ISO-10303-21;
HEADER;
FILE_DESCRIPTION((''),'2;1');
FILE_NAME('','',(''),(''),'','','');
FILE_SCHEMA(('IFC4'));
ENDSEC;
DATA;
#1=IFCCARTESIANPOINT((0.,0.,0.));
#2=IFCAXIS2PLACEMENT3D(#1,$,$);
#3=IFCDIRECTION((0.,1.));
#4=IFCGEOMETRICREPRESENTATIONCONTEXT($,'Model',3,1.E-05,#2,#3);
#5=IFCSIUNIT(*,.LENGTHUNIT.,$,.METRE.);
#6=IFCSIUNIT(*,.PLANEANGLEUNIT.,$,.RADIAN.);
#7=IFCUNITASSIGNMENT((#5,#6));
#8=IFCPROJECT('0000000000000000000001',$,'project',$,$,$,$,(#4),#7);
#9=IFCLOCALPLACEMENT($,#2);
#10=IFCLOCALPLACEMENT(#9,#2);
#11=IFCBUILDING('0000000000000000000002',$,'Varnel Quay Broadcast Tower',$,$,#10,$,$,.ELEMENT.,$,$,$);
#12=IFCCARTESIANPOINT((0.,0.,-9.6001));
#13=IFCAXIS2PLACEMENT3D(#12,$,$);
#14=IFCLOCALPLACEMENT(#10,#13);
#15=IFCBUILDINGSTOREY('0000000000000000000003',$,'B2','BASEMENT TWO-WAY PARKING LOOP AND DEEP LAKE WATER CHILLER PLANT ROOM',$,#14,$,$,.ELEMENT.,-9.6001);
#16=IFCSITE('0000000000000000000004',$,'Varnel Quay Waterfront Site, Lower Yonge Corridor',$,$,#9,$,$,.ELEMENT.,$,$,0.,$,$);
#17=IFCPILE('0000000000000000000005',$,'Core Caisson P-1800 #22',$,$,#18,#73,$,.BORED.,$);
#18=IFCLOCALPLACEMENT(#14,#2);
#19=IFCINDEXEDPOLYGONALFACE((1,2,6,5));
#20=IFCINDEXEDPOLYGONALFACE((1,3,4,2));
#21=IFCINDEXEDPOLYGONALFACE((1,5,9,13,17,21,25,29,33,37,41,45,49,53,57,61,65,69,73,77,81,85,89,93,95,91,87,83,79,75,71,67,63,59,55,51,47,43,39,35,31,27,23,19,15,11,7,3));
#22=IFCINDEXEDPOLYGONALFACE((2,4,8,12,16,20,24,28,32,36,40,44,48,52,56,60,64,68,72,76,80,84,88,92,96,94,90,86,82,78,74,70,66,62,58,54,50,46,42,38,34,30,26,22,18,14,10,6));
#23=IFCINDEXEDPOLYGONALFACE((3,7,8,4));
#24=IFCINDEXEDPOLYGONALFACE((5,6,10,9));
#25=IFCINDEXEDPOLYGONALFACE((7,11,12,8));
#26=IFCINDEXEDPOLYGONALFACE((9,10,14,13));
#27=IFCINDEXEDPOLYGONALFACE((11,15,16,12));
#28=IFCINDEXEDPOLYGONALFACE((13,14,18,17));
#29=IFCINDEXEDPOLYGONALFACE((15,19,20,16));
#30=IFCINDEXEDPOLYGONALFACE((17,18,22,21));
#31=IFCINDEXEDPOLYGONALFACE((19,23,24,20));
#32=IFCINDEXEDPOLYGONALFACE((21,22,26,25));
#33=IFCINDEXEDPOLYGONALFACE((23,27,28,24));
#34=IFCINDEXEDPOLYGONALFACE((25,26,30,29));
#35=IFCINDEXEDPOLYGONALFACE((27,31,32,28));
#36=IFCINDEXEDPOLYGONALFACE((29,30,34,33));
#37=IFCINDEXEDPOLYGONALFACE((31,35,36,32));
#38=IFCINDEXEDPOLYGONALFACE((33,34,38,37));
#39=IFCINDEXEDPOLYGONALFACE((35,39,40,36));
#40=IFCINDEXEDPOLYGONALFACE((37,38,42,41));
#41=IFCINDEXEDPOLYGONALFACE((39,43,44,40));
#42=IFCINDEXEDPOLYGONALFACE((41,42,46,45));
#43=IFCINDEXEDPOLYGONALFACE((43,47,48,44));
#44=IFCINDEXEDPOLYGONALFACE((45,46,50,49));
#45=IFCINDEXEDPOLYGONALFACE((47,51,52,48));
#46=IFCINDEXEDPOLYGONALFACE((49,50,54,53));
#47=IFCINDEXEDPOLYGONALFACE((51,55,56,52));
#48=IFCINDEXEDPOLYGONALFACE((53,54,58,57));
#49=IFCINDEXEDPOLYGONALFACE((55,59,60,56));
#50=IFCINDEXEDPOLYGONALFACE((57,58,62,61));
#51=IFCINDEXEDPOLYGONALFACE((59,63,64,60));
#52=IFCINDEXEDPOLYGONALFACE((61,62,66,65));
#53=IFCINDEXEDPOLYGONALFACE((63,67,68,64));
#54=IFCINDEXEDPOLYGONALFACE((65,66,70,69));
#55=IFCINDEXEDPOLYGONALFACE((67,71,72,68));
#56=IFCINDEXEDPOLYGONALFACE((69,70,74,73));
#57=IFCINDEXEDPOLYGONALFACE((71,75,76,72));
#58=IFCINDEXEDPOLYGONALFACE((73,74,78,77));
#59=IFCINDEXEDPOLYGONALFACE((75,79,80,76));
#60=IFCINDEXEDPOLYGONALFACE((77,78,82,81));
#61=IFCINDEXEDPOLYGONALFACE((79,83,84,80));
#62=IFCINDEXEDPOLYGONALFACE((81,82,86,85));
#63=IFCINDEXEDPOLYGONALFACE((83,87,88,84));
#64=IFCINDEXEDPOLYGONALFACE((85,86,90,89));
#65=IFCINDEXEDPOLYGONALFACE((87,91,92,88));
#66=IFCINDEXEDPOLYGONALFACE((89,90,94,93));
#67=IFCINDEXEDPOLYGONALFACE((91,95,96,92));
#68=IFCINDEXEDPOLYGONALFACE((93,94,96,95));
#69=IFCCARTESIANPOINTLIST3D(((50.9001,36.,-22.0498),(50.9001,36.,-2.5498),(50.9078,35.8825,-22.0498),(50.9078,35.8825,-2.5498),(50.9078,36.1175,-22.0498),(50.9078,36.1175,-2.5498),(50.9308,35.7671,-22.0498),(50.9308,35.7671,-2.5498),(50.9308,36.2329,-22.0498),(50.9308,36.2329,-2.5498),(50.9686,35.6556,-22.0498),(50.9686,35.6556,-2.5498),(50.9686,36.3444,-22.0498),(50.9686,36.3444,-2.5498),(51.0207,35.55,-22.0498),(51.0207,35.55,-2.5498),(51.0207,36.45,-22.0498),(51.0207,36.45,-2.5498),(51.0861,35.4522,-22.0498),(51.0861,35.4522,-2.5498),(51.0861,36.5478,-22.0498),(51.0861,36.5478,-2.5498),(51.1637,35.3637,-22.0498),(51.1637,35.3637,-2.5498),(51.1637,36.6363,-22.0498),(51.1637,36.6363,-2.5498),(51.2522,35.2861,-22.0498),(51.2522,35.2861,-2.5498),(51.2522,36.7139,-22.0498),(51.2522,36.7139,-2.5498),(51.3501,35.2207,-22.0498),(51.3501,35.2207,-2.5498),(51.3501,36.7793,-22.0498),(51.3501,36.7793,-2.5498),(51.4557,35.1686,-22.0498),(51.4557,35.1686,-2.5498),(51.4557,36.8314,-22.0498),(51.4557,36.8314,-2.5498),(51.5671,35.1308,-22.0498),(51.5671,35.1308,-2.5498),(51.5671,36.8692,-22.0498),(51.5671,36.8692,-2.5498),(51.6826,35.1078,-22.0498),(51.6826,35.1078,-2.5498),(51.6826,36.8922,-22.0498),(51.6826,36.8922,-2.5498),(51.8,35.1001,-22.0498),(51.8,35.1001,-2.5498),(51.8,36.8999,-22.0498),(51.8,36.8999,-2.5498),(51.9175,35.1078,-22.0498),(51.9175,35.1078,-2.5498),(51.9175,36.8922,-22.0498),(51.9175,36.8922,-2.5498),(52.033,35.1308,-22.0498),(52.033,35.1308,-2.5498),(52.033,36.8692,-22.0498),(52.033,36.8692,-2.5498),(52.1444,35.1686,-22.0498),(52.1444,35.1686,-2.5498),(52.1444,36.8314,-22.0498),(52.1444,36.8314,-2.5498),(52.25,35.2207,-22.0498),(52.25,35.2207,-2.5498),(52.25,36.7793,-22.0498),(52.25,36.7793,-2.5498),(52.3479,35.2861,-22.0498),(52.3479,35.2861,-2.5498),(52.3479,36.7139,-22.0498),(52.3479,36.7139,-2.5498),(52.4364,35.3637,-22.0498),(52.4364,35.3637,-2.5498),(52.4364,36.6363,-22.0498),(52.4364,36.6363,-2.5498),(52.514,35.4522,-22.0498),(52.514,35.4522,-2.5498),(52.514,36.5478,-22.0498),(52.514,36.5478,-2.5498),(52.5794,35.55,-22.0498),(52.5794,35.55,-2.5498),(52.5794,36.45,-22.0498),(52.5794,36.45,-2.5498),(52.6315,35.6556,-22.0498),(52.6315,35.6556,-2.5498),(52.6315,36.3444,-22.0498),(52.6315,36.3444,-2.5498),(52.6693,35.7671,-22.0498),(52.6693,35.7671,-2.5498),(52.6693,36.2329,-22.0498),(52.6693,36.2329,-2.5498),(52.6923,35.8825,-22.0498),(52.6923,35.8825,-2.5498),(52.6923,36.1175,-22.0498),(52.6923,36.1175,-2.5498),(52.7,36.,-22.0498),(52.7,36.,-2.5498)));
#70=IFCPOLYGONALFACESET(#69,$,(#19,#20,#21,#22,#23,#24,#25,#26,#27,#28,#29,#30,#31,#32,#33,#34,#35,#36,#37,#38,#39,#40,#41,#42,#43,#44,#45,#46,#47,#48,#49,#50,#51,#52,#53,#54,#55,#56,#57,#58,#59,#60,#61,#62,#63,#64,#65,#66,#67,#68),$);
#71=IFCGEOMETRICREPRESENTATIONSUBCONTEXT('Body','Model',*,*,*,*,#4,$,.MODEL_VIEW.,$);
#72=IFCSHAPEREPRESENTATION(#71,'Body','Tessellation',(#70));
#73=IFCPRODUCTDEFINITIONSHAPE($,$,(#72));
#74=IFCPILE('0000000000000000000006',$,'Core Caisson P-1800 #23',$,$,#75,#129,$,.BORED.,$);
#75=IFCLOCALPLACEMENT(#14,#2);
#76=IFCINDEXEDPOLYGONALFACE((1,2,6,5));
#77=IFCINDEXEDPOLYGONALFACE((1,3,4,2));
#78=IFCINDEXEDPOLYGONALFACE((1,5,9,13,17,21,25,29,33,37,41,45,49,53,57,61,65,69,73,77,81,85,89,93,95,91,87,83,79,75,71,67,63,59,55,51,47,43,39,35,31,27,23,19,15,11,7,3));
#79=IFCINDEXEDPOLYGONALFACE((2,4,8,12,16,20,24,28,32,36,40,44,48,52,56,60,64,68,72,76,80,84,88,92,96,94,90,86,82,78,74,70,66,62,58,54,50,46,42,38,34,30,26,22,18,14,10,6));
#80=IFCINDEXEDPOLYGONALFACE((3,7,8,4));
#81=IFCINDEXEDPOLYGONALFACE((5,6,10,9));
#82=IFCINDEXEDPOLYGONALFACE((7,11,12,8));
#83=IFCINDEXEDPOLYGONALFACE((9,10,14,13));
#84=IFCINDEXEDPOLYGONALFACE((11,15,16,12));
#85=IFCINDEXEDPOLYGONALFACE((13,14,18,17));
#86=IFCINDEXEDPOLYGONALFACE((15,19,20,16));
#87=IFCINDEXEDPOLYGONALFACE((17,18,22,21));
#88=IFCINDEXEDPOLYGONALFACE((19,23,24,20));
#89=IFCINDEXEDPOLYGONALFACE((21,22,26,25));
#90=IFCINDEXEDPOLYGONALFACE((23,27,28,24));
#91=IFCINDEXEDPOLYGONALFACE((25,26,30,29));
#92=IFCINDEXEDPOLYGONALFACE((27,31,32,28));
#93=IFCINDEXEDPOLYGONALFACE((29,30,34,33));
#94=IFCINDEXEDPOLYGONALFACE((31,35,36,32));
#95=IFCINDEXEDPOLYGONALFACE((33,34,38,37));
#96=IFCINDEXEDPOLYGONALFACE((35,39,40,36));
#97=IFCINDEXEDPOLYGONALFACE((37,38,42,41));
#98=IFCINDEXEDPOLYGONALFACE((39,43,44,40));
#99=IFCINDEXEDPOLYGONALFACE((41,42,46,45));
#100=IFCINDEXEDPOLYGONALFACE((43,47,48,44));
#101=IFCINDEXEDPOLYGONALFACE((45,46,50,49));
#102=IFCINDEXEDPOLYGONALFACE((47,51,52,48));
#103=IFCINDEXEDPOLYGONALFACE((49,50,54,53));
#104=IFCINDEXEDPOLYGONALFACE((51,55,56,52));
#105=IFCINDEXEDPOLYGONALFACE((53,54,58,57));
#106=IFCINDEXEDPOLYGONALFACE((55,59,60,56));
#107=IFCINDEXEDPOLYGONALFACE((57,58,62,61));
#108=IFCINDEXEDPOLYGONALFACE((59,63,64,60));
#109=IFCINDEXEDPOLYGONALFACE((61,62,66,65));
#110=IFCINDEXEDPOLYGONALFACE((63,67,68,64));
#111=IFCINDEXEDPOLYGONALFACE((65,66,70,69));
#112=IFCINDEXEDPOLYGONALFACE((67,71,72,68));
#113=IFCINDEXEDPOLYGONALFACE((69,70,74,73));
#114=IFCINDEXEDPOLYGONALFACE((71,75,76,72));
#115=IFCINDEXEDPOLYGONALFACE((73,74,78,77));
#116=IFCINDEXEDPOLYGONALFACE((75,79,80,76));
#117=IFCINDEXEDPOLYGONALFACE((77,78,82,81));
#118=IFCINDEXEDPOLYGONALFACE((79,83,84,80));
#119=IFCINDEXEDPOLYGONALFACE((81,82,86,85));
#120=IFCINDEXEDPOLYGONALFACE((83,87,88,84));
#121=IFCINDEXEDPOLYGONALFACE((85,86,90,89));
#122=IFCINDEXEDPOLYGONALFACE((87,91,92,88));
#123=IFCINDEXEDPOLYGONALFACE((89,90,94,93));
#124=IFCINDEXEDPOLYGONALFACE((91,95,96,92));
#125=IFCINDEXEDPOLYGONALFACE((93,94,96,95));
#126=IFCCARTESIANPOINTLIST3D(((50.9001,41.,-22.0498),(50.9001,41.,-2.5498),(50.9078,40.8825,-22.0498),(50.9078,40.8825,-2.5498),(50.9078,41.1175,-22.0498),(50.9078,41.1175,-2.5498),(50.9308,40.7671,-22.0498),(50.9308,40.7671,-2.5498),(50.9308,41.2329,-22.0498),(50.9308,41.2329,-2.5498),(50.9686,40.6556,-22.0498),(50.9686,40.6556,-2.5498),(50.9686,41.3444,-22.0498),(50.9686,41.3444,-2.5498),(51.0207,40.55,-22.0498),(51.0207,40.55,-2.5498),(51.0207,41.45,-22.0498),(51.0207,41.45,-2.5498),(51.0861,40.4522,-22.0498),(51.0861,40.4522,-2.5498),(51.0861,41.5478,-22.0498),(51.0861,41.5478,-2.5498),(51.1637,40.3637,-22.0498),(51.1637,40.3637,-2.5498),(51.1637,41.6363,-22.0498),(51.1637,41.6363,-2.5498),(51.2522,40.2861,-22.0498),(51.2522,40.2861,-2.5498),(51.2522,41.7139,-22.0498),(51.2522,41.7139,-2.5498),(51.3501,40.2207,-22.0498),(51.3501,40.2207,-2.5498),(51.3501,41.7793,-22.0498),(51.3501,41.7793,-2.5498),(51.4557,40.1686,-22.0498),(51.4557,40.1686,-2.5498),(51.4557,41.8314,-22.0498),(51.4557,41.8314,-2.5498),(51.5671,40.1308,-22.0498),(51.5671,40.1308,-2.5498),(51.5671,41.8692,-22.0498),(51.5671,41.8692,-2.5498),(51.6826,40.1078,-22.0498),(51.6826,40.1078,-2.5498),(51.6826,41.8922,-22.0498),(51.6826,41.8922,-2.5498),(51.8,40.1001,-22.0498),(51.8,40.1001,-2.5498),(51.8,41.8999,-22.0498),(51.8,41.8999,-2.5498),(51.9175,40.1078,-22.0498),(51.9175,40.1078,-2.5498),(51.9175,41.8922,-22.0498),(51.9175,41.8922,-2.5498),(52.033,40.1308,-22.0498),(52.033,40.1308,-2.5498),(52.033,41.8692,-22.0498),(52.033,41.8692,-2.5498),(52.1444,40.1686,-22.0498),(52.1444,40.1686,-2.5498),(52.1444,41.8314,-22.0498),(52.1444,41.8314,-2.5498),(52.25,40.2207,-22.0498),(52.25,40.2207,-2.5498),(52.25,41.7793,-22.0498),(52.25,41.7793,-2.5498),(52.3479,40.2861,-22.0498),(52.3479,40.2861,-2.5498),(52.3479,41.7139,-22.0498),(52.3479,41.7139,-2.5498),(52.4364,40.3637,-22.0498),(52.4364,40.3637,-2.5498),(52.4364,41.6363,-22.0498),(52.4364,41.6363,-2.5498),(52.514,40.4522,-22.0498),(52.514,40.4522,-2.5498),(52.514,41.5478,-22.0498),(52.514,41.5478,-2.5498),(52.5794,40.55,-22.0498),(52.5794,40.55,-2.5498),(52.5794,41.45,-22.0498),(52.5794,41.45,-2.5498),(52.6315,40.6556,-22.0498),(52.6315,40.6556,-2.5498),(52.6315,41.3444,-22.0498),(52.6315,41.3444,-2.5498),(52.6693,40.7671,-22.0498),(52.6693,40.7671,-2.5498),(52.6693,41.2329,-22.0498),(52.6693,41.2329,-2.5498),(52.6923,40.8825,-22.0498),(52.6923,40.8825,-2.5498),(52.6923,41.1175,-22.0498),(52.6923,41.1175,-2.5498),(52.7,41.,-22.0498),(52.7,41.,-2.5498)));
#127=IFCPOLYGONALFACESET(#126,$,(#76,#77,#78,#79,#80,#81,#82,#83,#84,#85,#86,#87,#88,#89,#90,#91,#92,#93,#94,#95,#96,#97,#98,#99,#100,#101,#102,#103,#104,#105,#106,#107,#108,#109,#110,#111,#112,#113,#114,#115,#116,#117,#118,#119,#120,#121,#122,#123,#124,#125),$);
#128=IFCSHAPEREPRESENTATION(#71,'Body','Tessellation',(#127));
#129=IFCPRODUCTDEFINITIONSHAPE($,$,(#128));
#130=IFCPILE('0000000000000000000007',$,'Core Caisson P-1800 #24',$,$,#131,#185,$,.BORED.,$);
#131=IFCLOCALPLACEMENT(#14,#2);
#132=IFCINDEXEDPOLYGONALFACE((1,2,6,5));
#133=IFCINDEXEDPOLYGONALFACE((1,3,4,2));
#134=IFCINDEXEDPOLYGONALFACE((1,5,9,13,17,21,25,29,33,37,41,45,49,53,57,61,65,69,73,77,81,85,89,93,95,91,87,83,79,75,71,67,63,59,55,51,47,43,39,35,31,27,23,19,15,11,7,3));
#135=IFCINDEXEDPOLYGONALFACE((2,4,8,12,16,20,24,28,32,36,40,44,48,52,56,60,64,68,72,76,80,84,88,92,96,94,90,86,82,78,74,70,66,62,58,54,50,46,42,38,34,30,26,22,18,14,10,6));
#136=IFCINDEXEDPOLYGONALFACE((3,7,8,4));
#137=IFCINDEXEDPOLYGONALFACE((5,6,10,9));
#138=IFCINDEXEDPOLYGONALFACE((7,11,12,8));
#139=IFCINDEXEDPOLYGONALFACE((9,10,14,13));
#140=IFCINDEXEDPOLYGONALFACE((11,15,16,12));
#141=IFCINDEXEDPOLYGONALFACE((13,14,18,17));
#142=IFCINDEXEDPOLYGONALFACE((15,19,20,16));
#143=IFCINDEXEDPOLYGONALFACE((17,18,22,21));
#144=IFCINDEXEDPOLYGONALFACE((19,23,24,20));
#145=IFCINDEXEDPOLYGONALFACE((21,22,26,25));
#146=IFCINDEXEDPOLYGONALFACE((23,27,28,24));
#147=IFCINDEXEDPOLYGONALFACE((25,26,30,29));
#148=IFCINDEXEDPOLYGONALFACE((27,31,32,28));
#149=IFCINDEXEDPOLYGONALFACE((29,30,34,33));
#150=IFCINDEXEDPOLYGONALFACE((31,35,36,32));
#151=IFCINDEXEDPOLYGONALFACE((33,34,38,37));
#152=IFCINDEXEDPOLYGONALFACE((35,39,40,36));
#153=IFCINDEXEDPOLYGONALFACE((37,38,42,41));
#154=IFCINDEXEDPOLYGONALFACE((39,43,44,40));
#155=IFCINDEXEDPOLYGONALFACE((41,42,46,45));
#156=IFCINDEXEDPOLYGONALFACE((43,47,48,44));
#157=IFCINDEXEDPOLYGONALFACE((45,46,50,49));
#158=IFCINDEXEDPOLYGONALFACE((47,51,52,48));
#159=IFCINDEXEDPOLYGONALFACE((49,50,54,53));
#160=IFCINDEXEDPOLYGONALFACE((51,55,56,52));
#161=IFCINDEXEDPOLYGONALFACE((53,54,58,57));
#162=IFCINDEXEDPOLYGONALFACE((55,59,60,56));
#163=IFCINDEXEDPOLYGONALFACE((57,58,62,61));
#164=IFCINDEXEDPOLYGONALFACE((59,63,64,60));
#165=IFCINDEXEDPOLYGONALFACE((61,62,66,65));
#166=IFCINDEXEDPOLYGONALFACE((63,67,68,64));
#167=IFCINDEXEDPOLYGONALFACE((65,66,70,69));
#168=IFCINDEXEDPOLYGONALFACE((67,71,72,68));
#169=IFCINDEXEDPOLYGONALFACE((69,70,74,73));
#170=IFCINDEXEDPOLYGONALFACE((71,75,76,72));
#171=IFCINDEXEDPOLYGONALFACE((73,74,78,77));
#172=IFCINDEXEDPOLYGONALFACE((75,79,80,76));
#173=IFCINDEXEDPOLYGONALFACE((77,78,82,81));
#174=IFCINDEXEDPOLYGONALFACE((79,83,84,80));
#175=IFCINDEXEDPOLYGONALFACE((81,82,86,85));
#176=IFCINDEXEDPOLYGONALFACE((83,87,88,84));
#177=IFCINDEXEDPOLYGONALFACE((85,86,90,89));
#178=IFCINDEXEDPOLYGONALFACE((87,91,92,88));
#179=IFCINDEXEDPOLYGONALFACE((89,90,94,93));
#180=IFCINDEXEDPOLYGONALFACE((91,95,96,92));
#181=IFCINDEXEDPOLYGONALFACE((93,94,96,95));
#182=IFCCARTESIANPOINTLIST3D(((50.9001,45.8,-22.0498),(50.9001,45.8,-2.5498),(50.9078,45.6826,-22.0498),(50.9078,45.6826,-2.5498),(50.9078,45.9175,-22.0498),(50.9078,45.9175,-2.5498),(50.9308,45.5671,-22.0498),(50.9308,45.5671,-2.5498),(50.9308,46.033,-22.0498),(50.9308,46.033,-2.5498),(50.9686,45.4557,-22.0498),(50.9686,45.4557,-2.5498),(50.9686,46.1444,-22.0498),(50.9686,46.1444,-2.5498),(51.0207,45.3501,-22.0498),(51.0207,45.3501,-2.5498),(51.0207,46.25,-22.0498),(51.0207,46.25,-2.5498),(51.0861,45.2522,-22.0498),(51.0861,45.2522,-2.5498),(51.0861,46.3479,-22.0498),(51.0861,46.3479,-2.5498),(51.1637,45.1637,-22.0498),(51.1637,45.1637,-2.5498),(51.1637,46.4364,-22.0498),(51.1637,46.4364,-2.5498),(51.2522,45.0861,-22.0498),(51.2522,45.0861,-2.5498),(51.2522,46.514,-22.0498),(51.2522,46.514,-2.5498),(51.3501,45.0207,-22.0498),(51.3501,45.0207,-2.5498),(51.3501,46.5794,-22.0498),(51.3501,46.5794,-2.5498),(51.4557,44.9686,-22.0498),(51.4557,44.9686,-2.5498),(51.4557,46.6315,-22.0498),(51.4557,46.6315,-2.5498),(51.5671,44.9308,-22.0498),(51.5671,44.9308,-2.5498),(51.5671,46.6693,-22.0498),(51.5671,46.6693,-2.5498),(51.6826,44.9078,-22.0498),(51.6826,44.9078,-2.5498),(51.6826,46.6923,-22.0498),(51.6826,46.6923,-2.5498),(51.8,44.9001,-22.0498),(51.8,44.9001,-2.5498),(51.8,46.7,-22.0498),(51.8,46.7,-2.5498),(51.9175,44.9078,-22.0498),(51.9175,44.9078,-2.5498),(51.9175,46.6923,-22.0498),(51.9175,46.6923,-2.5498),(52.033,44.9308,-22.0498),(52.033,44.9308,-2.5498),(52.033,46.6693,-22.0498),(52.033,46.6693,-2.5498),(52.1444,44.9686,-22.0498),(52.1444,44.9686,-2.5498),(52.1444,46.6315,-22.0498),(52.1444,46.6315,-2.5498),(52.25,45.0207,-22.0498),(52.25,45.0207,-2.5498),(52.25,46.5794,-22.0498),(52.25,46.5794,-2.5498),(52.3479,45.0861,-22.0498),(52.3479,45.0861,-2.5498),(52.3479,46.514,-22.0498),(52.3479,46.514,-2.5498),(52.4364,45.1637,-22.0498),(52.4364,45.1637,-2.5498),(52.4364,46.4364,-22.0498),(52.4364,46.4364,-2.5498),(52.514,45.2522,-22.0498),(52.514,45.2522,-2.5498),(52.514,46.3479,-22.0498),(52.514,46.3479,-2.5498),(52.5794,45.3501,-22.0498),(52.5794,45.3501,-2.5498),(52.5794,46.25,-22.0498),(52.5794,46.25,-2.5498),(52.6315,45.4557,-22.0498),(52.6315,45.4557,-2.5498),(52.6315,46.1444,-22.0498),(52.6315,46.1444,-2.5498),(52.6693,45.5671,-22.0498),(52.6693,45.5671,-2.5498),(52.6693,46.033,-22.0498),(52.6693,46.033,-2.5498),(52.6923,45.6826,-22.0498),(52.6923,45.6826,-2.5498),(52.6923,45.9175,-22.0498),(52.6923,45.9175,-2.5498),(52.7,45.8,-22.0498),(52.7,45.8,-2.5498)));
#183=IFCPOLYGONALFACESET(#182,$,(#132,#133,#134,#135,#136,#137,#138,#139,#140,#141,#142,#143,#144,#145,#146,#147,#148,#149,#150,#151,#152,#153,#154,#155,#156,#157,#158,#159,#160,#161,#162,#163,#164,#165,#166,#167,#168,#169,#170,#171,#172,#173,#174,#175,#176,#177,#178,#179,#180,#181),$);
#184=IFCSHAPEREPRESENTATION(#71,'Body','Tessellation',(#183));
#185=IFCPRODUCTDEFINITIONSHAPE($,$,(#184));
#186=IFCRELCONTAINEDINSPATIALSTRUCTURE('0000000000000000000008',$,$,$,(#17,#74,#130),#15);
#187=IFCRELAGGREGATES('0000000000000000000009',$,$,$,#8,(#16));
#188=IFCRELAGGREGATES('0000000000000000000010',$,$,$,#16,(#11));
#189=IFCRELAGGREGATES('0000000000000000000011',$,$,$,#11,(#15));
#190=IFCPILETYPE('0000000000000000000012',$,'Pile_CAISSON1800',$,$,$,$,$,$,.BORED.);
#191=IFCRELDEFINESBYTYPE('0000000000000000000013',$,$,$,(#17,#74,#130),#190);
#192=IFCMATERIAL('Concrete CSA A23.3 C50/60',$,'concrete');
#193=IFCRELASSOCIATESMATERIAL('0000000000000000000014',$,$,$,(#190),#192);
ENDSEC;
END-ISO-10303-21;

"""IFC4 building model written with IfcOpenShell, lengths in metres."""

from ifc_helpers import new_model, si_unit, direction, frame, origin, origin_2d, place, context, subcontext, project, spatial, circle, extrude, source, transform, mapped, material, material_profile, profile_set, type_object, type_shapes, element, save


model = new_model("IFC4")

# Units and contexts
model_context = context("Model", 3, precision=1e-05, world=origin(), true_north=direction((0.0, 1.0)))
body_context = subcontext(model_context, "Body", "Model", "MODEL_VIEW")
ifc_project = project(units=[si_unit("LENGTHUNIT", "METRE"), si_unit("PLANEANGLEUNIT", "RADIAN")], contexts=[model_context])

# Site, building, storey
site_placement = place(None, origin())
site = spatial("IfcSite", under=ifc_project, at=site_placement, Name="Varnel Quay Waterfront Site, Lower Yonge Corridor", CompositionType="ELEMENT", RefElevation=0.0)
building_placement = place(site_placement, origin())
building = spatial("IfcBuilding", under=site, at=building_placement, Name="Varnel Quay Broadcast Tower", CompositionType="ELEMENT")
storey_placement = place(building_placement, frame((0.0, 0.0, -9.6001)))
storey = spatial("IfcBuildingStorey", under=building, at=storey_placement, Name="B2", Description="BASEMENT TWO-WAY PARKING LOOP AND DEEP LAKE WATER CHILLER PLANT ROOM", CompositionType="ELEMENT", Elevation=-9.6001)

# Piles
ifc_material_1 = material(Name="Concrete CSA A23.3 C50/60", Category="concrete")
ifc_material_profile_1 = material_profile(ifc_material_1, circle(Radius=0.8999, at=origin_2d()), Name="CAISSON1800")
ifc_profile_set_1 = profile_set([ifc_material_profile_1], Name="Concrete CSA A23.3 C50/60")
pile_type = type_object("IfcPileType", Name="Pile_CAISSON1800", PredefinedType="BORED", material=ifc_profile_set_1)
shared_shape_1 = source(origin(), body_context, "Body", "SweptSolid", [
    extrude(circle(Radius=0.8999, at=origin_2d()), origin(), (0.0, 0.0, 1.0), 19.5),
])
type_shapes(pile_type, [shared_shape_1])
for number, where, z_axis, x_axis, name in (
    (1, (51.8, 36.0, -2.5498), (0.0, 0.0, -1.0), (1.0, 0.0, 0.0), "Core Caisson P-1800 #22"),
    (2, (51.8, 41.0, -2.5498), (0.0, 0.0, -1.0), (1.0, 0.0, 0.0), "Core Caisson P-1800 #23"),
    (3, (51.8, 45.8, -2.5498), (0.0, 0.0, -1.0), (1.0, 0.0, 0.0), "Core Caisson P-1800 #24"),
):
    element("IfcPile", number, at=place(storey_placement, frame(where, z_axis=z_axis, x_axis=x_axis)), inside=storey, type_object=pile_type, Name=name, PredefinedType="BORED", context=body_context, shape_type="MappedRepresentation", body=[
        mapped(shared_shape_1, transform((0.0, 0.0, 0.0), x_axis=(1.0, 0.0, 0.0), y_axis=(0.0, 1.0, 0.0), z_axis=(0.0, 0.0, 1.0), scale=1.0)),
    ])

save(model, "model.ifc")
